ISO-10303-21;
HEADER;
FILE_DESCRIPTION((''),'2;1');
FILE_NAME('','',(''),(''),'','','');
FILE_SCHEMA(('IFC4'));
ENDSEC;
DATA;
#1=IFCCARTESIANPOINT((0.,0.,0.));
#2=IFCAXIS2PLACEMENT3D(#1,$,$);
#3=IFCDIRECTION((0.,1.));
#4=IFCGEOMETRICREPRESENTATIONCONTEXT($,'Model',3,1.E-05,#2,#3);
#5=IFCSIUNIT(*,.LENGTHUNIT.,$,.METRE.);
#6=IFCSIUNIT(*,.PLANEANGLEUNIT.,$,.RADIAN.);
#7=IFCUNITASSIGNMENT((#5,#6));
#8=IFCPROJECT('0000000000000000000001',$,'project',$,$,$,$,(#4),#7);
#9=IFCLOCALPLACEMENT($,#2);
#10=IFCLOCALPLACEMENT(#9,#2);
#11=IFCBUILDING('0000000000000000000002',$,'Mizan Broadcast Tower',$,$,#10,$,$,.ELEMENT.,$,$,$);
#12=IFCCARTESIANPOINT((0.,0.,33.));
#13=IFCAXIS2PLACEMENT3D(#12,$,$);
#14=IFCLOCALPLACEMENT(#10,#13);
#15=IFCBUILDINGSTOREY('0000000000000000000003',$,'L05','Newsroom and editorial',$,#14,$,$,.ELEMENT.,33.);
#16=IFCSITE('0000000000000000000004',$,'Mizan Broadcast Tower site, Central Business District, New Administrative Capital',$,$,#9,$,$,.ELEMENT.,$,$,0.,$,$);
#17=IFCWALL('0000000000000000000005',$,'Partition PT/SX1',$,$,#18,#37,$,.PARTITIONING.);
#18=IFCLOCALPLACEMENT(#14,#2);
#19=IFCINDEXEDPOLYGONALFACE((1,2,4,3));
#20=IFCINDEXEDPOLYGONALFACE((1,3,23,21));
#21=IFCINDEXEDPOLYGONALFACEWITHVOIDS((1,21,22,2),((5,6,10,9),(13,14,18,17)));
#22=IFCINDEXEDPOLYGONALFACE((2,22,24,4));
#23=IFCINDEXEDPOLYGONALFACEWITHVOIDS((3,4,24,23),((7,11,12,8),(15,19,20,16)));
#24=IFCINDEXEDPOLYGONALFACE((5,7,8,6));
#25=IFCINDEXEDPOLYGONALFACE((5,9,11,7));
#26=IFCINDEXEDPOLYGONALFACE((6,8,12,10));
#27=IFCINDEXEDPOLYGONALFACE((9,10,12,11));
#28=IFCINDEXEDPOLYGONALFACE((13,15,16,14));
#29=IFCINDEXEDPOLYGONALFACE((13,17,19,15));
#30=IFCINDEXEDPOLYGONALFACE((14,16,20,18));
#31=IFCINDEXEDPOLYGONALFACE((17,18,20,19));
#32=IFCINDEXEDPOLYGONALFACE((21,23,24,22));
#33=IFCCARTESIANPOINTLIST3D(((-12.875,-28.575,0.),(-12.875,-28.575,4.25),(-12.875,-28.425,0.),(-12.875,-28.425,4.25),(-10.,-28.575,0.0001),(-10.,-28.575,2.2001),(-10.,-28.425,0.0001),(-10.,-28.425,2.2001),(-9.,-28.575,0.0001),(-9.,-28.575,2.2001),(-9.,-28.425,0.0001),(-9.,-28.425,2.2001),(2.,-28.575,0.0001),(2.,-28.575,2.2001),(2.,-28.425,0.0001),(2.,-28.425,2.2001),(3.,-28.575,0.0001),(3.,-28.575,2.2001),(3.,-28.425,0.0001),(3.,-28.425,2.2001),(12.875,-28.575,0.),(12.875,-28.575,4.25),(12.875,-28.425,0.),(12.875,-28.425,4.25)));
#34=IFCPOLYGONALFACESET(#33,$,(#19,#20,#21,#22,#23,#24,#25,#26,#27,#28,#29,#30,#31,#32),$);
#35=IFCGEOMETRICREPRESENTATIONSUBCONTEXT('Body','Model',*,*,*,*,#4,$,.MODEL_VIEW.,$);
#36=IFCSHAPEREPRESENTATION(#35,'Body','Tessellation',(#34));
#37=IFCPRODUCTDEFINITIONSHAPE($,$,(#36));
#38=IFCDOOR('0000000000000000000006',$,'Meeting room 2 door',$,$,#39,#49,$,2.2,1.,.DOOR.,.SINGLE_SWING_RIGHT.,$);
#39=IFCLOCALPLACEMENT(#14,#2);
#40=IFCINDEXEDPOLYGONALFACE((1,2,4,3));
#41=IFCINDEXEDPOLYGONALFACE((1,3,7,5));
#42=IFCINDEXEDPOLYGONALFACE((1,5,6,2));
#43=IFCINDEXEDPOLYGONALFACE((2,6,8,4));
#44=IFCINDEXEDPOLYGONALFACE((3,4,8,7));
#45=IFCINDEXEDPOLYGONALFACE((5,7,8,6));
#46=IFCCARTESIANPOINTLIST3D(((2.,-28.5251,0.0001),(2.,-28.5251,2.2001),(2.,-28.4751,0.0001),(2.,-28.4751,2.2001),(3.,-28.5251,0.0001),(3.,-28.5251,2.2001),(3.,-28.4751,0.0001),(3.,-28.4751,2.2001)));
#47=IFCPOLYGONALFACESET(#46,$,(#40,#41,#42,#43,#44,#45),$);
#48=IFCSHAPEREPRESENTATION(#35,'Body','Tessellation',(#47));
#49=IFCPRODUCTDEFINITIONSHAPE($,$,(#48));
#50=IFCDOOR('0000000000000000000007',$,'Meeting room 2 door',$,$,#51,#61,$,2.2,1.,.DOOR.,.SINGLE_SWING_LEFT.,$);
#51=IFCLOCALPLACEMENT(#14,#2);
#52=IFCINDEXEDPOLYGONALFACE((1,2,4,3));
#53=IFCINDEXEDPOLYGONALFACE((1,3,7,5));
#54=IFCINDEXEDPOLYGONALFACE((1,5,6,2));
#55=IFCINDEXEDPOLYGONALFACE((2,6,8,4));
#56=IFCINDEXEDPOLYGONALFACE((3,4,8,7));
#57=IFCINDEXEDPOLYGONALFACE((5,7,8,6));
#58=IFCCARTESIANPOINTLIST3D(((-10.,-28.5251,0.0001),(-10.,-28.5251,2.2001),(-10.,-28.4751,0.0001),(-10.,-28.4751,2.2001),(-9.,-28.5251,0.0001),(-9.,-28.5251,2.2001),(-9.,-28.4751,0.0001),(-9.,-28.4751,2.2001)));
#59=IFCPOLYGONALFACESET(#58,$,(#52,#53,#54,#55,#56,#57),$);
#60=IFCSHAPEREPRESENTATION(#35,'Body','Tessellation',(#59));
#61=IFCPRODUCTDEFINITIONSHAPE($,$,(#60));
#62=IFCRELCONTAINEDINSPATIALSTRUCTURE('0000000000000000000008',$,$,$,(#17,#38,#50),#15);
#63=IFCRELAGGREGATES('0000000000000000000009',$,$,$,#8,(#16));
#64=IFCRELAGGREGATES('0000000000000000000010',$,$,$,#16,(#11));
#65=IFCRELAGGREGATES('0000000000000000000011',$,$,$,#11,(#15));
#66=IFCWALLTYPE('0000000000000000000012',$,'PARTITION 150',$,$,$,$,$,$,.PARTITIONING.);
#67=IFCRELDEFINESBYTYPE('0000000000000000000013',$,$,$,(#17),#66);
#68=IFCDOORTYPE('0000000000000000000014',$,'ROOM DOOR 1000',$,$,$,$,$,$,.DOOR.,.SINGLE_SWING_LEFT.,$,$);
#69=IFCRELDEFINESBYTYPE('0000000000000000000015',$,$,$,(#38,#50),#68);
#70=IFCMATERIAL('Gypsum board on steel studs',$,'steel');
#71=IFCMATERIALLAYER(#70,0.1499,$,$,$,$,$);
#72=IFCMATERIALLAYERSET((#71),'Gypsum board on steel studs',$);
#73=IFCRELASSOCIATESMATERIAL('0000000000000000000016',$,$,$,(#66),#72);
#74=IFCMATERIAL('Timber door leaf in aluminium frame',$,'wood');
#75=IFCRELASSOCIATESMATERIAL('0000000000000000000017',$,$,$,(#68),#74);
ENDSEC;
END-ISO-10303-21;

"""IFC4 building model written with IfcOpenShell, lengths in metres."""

from ifc_helpers import new_model, si_unit, direction, frame, frame_2d, origin, place, context, subcontext, project, spatial, rectangle, extrude, material, layer, layer_set, type_object, element, fill, save


model = new_model("IFC4")

# Units and contexts
model_context = context("Model", 3, precision=1e-05, world=origin(), true_north=direction((0.0, 1.0)))
body_context = subcontext(model_context, "Body", "Model", "MODEL_VIEW")
ifc_project = project(units=[si_unit("LENGTHUNIT", "METRE"), si_unit("PLANEANGLEUNIT", "RADIAN")], contexts=[model_context])

# Site, building, storey
site_placement = place(None, origin())
site = spatial("IfcSite", under=ifc_project, at=site_placement, Name="Mizan Broadcast Tower site, Central Business District, New Administrative Capital", CompositionType="ELEMENT", RefElevation=0.0)
building_placement = place(site_placement, origin())
building = spatial("IfcBuilding", under=site, at=building_placement, Name="Mizan Broadcast Tower", CompositionType="ELEMENT")
storey_placement = place(building_placement, frame((0.0, 0.0, 33.0)))
storey = spatial("IfcBuildingStorey", under=building, at=storey_placement, Name="L05", Description="Newsroom and editorial", CompositionType="ELEMENT", Elevation=33.0)

# Wall, openings, doors
ifc_material_1 = material(Name="Gypsum board on steel studs", Category="steel")
ifc_layer_1 = layer(ifc_material_1, 0.1499)
ifc_layer_set_1 = layer_set([ifc_layer_1], Name="Gypsum board on steel studs")
wall_type = type_object("IfcWallType", Name="PARTITION 150", PredefinedType="PARTITIONING", material=ifc_layer_set_1)
wall_placement = place(storey_placement, frame((-12.875, -28.5, 0.0), z_axis=(0.0, 0.0, 1.0), x_axis=(1.0, 0.0, 0.0)))
wall = element("IfcWall", 1, at=wall_placement, inside=storey, type_object=wall_type, Name="Partition PT/SX1", PredefinedType="PARTITIONING", context=body_context, shape_type="SweptSolid", body=[
    extrude(rectangle(XDim=25.75, YDim=0.1499, at=frame_2d((12.875, 0.0))), origin(), (0.0, 0.0, 1.0), 4.25),
])
opening_1_placement = place(wall_placement, frame((14.875, 0.0, 0.0)))
opening_1 = element("IfcOpeningElement", 2, at=opening_1_placement, cuts=wall, PredefinedType="OPENING", context=body_context, shape_type="SweptSolid", body=[
    extrude(rectangle(XDim=1.0, YDim=2.2, at=frame_2d((0.5, 1.1001))), frame((0.0, 0.085, 0.0), z_axis=(0.0, -1.0, 0.0), x_axis=(1.0, 0.0, 0.0)), (0.0, 0.0, 1.0), 0.1699),
])
opening_2_placement = place(wall_placement, frame((2.875, 0.0, 0.0)))
opening_2 = element("IfcOpeningElement", 3, at=opening_2_placement, cuts=wall, PredefinedType="OPENING", context=body_context, shape_type="SweptSolid", body=[
    extrude(rectangle(XDim=1.0, YDim=2.2, at=frame_2d((0.5, 1.1001))), frame((0.0, 0.085, 0.0), z_axis=(0.0, -1.0, 0.0), x_axis=(1.0, 0.0, 0.0)), (0.0, 0.0, 1.0), 0.1699),
])
ifc_material_2 = material(Name="Timber door leaf in aluminium frame", Category="wood")
door_type = type_object("IfcDoorType", Name="ROOM DOOR 1000", OperationType="SINGLE_SWING_LEFT", PredefinedType="DOOR", material=ifc_material_2)
door_1_placement = place(opening_1_placement, origin())
door_1 = element("IfcDoor", 4, at=door_1_placement, inside=storey, type_object=door_type, Name="Meeting room 2 door", OperationType="SINGLE_SWING_RIGHT", OverallHeight=2.2, OverallWidth=1.0, PredefinedType="DOOR", context=body_context, shape_type="SweptSolid", body=[
    extrude(rectangle(XDim=1.0, YDim=2.2, at=frame_2d((0.5, 1.1001))), frame((0.0, 0.0249, 0.0), z_axis=(0.0, -1.0, 0.0), x_axis=(1.0, 0.0, 0.0)), (0.0, 0.0, 1.0), 0.05),
])
fill(opening_1, door_1)
door_2_placement = place(opening_2_placement, origin())
door_2 = element("IfcDoor", 5, at=door_2_placement, inside=storey, type_object=door_type, Name="Meeting room 2 door", OperationType="SINGLE_SWING_LEFT", OverallHeight=2.2, OverallWidth=1.0, PredefinedType="DOOR", context=body_context, shape_type="SweptSolid", body=[
    extrude(rectangle(XDim=1.0, YDim=2.2, at=frame_2d((0.5, 1.1001))), frame((0.0, 0.0249, 0.0), z_axis=(0.0, -1.0, 0.0), x_axis=(1.0, 0.0, 0.0)), (0.0, 0.0, 1.0), 0.05),
])
fill(opening_2, door_2)

save(model, "model.ifc")
